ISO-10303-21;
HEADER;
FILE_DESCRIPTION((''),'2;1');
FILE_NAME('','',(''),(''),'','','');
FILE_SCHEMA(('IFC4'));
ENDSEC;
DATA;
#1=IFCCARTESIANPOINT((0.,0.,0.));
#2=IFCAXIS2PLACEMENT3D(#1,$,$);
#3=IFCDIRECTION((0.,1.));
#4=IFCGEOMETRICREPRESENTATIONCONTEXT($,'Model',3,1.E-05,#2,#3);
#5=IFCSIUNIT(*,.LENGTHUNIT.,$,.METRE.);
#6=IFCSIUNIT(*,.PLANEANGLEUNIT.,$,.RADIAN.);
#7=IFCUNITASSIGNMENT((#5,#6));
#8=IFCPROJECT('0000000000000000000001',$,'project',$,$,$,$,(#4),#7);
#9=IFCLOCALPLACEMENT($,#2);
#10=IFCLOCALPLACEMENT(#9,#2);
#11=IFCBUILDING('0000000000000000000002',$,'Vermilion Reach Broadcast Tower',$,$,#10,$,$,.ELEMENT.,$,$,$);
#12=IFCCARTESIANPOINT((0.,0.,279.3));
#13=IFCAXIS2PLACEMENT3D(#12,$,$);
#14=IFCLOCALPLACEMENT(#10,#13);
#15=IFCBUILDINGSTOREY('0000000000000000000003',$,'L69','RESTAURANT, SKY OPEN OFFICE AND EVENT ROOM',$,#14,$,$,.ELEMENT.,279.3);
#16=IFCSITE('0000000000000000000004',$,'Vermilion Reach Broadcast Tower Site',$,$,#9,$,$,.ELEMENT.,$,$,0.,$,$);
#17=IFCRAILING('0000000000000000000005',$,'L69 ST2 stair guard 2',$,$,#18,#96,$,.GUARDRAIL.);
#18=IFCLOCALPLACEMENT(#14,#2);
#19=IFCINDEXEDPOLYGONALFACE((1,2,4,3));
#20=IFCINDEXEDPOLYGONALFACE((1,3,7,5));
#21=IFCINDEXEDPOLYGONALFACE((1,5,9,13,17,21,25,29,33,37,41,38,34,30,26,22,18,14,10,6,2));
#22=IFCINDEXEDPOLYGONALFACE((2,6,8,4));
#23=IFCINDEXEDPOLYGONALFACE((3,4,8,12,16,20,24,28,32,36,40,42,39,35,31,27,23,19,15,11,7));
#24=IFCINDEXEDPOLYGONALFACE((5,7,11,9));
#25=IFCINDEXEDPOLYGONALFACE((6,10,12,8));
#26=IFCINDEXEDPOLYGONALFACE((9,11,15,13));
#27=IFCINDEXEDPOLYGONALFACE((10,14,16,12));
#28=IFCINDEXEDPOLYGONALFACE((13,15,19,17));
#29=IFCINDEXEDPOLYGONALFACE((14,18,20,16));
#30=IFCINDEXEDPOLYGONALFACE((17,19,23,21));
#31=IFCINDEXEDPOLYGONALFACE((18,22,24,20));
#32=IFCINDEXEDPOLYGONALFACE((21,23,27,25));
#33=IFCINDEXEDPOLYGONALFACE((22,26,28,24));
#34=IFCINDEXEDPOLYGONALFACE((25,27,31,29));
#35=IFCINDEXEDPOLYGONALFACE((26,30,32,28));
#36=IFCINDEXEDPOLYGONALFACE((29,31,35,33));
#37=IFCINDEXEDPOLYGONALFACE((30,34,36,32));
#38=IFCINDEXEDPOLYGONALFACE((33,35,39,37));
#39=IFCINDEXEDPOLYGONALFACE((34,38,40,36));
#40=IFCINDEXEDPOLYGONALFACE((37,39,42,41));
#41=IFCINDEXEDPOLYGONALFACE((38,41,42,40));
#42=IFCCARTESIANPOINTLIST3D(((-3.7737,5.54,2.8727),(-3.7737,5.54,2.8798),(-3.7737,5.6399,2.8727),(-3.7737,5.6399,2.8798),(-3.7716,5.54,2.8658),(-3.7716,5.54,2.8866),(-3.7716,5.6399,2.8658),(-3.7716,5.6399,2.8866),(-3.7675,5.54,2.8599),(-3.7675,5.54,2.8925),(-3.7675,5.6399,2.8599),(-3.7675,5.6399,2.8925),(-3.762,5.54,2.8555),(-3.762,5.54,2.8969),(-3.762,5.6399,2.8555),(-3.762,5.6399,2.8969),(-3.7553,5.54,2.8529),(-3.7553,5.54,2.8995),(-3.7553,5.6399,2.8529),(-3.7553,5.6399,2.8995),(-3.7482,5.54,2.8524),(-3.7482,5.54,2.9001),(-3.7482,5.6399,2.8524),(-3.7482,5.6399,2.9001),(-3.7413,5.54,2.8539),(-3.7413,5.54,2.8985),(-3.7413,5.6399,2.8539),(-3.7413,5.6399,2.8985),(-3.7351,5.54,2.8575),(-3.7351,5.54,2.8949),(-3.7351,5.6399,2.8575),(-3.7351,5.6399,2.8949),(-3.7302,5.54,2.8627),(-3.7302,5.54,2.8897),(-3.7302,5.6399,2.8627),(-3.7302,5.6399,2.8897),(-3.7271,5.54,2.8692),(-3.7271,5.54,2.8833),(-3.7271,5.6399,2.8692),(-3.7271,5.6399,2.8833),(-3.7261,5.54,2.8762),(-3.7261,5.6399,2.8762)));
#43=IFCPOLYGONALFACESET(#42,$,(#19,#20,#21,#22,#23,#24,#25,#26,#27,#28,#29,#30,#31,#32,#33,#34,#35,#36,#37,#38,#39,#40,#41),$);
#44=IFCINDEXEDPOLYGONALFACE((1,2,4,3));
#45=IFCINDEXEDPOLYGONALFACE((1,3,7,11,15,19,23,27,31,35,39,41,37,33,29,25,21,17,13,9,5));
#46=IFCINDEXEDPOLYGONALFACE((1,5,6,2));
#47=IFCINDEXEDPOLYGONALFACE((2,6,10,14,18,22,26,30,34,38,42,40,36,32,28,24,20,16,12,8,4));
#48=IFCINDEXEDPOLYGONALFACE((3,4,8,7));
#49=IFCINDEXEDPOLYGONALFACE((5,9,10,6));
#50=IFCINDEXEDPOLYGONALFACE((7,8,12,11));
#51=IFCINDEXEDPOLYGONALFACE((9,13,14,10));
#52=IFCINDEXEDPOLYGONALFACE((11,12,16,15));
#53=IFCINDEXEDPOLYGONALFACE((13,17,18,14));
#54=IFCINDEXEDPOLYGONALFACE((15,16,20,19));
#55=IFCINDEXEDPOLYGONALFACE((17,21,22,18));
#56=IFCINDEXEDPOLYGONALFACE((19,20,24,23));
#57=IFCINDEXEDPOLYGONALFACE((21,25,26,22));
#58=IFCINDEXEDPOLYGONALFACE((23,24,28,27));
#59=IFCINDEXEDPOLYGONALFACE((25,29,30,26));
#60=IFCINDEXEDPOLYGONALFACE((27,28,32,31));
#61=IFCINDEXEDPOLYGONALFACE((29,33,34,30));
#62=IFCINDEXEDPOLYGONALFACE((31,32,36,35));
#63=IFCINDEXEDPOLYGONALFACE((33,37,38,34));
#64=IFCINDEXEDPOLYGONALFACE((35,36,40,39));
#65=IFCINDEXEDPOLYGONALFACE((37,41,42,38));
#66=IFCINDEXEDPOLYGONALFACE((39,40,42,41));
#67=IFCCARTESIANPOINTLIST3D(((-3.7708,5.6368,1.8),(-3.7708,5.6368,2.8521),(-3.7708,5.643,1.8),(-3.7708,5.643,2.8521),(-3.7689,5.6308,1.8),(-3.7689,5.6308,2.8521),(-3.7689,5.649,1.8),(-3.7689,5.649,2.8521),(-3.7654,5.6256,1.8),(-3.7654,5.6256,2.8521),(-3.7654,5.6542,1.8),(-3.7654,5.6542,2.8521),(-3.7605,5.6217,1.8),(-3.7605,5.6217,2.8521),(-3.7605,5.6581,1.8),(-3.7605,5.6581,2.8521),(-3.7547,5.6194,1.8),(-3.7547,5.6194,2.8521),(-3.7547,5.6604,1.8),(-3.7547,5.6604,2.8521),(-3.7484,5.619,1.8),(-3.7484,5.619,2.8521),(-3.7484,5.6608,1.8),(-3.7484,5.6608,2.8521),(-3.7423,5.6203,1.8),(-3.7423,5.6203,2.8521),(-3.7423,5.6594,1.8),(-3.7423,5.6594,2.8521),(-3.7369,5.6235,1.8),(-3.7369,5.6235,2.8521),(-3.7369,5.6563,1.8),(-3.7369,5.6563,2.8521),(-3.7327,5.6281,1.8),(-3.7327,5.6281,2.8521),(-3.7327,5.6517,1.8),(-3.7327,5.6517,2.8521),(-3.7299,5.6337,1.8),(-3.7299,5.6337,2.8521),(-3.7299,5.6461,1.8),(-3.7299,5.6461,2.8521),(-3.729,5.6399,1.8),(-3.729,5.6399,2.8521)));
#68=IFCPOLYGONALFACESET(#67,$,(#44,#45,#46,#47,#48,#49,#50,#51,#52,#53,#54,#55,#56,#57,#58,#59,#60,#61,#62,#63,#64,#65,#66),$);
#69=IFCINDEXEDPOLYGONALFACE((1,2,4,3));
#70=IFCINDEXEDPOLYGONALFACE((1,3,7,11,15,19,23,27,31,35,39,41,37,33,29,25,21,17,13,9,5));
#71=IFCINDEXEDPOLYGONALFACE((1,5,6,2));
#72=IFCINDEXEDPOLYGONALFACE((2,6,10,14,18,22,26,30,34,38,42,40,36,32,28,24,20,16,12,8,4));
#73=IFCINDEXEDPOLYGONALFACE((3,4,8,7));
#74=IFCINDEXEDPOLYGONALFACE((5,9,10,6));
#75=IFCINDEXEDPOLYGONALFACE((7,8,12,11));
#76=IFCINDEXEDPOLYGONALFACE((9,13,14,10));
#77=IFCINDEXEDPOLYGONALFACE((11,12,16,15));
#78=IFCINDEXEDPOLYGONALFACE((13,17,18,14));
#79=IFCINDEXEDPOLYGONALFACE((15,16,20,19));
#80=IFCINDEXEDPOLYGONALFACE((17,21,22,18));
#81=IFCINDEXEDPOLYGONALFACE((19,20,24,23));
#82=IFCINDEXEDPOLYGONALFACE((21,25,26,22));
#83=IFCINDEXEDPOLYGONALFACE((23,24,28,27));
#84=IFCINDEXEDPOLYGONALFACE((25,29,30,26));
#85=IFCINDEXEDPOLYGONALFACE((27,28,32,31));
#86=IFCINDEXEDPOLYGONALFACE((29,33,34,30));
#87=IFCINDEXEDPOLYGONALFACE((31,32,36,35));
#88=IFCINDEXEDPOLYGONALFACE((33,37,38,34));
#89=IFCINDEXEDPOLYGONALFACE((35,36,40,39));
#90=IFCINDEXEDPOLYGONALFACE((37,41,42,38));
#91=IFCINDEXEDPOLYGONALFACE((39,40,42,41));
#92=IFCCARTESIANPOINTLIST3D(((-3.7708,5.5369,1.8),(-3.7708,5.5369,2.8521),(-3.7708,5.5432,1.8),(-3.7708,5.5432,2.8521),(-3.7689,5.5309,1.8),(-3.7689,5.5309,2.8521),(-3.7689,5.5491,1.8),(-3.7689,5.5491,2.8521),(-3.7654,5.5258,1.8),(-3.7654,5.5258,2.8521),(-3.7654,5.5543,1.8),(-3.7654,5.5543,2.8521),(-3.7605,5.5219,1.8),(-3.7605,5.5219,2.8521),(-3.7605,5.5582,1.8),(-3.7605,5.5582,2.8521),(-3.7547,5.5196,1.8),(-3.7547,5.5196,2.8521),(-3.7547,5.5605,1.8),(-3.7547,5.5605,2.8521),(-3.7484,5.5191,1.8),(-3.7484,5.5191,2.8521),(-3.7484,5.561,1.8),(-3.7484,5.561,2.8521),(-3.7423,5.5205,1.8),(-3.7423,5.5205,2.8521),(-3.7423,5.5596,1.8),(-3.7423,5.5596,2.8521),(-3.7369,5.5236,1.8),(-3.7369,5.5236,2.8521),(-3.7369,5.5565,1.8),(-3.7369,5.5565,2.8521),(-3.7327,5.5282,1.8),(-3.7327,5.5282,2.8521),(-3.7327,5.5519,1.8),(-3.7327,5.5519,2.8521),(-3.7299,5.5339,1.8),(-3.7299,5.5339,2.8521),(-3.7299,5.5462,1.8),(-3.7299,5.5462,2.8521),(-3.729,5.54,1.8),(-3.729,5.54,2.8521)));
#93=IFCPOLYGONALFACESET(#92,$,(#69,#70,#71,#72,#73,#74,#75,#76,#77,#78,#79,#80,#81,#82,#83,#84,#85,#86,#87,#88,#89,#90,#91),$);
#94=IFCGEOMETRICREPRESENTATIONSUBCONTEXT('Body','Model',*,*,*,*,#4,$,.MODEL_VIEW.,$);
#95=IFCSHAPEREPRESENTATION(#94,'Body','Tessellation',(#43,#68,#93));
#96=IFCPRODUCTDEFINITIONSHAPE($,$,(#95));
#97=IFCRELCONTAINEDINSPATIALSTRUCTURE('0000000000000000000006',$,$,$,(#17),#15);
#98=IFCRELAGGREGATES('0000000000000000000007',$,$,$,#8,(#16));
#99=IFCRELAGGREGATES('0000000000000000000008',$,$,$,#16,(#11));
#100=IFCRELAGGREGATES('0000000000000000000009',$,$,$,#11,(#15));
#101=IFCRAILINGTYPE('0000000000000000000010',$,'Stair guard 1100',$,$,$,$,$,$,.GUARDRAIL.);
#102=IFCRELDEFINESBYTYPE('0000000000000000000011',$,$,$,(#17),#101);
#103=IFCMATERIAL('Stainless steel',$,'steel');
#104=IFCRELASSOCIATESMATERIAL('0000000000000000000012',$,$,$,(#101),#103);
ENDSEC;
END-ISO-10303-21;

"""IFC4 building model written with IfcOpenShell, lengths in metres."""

from ifc_helpers import new_model, si_unit, direction, frame, origin, origin_2d, place, context, subcontext, project, spatial, circle, extrude, material, type_object, element, save


model = new_model("IFC4")

# Units and contexts
model_context = context("Model", 3, precision=1e-05, world=origin(), true_north=direction((0.0, 1.0)))
body_context = subcontext(model_context, "Body", "Model", "MODEL_VIEW")
ifc_project = project(units=[si_unit("LENGTHUNIT", "METRE"), si_unit("PLANEANGLEUNIT", "RADIAN")], contexts=[model_context])

# Site, building, storey
site_placement = place(None, origin())
site = spatial("IfcSite", under=ifc_project, at=site_placement, Name="Vermilion Reach Broadcast Tower Site", CompositionType="ELEMENT", RefElevation=0.0)
building_placement = place(site_placement, origin())
building = spatial("IfcBuilding", under=site, at=building_placement, Name="Vermilion Reach Broadcast Tower", CompositionType="ELEMENT")
storey_placement = place(building_placement, frame((0.0, 0.0, 279.3)))
storey = spatial("IfcBuildingStorey", under=building, at=storey_placement, Name="L69", Description="RESTAURANT, SKY OPEN OFFICE AND EVENT ROOM", CompositionType="ELEMENT", Elevation=279.3)

# Railing
ifc_material_1 = material(Name="Stainless steel", Category="steel")
railing_type_1 = type_object("IfcRailingType", Name="Stair guard 1100", PredefinedType="GUARDRAIL", material=ifc_material_1)
railing_1_placement = place(storey_placement, frame((-3.75, 5.6399, 1.8)))
element("IfcRailing", 1, at=railing_1_placement, inside=storey, type_object=railing_type_1, Name="L69 ST2 stair guard 2", PredefinedType="GUARDRAIL", context=body_context, shape_type="SweptSolid", body=[
    extrude(circle(Radius=0.0239, at=origin_2d()), frame((0.0, 0.0, 1.0762), z_axis=(0.0, -1.0, 0.0), x_axis=(1.0, 0.0, 0.0)), (0.0, 0.0, 1.0), 0.0999),
    extrude(circle(Radius=0.021, at=origin_2d()), origin(), (0.0, 0.0, 1.0), 1.052),
    extrude(circle(Radius=0.021, at=origin_2d()), frame((0.0, -0.0999, 0.0)), (0.0, 0.0, 1.0), 1.052),
])

save(model, "model.ifc")
